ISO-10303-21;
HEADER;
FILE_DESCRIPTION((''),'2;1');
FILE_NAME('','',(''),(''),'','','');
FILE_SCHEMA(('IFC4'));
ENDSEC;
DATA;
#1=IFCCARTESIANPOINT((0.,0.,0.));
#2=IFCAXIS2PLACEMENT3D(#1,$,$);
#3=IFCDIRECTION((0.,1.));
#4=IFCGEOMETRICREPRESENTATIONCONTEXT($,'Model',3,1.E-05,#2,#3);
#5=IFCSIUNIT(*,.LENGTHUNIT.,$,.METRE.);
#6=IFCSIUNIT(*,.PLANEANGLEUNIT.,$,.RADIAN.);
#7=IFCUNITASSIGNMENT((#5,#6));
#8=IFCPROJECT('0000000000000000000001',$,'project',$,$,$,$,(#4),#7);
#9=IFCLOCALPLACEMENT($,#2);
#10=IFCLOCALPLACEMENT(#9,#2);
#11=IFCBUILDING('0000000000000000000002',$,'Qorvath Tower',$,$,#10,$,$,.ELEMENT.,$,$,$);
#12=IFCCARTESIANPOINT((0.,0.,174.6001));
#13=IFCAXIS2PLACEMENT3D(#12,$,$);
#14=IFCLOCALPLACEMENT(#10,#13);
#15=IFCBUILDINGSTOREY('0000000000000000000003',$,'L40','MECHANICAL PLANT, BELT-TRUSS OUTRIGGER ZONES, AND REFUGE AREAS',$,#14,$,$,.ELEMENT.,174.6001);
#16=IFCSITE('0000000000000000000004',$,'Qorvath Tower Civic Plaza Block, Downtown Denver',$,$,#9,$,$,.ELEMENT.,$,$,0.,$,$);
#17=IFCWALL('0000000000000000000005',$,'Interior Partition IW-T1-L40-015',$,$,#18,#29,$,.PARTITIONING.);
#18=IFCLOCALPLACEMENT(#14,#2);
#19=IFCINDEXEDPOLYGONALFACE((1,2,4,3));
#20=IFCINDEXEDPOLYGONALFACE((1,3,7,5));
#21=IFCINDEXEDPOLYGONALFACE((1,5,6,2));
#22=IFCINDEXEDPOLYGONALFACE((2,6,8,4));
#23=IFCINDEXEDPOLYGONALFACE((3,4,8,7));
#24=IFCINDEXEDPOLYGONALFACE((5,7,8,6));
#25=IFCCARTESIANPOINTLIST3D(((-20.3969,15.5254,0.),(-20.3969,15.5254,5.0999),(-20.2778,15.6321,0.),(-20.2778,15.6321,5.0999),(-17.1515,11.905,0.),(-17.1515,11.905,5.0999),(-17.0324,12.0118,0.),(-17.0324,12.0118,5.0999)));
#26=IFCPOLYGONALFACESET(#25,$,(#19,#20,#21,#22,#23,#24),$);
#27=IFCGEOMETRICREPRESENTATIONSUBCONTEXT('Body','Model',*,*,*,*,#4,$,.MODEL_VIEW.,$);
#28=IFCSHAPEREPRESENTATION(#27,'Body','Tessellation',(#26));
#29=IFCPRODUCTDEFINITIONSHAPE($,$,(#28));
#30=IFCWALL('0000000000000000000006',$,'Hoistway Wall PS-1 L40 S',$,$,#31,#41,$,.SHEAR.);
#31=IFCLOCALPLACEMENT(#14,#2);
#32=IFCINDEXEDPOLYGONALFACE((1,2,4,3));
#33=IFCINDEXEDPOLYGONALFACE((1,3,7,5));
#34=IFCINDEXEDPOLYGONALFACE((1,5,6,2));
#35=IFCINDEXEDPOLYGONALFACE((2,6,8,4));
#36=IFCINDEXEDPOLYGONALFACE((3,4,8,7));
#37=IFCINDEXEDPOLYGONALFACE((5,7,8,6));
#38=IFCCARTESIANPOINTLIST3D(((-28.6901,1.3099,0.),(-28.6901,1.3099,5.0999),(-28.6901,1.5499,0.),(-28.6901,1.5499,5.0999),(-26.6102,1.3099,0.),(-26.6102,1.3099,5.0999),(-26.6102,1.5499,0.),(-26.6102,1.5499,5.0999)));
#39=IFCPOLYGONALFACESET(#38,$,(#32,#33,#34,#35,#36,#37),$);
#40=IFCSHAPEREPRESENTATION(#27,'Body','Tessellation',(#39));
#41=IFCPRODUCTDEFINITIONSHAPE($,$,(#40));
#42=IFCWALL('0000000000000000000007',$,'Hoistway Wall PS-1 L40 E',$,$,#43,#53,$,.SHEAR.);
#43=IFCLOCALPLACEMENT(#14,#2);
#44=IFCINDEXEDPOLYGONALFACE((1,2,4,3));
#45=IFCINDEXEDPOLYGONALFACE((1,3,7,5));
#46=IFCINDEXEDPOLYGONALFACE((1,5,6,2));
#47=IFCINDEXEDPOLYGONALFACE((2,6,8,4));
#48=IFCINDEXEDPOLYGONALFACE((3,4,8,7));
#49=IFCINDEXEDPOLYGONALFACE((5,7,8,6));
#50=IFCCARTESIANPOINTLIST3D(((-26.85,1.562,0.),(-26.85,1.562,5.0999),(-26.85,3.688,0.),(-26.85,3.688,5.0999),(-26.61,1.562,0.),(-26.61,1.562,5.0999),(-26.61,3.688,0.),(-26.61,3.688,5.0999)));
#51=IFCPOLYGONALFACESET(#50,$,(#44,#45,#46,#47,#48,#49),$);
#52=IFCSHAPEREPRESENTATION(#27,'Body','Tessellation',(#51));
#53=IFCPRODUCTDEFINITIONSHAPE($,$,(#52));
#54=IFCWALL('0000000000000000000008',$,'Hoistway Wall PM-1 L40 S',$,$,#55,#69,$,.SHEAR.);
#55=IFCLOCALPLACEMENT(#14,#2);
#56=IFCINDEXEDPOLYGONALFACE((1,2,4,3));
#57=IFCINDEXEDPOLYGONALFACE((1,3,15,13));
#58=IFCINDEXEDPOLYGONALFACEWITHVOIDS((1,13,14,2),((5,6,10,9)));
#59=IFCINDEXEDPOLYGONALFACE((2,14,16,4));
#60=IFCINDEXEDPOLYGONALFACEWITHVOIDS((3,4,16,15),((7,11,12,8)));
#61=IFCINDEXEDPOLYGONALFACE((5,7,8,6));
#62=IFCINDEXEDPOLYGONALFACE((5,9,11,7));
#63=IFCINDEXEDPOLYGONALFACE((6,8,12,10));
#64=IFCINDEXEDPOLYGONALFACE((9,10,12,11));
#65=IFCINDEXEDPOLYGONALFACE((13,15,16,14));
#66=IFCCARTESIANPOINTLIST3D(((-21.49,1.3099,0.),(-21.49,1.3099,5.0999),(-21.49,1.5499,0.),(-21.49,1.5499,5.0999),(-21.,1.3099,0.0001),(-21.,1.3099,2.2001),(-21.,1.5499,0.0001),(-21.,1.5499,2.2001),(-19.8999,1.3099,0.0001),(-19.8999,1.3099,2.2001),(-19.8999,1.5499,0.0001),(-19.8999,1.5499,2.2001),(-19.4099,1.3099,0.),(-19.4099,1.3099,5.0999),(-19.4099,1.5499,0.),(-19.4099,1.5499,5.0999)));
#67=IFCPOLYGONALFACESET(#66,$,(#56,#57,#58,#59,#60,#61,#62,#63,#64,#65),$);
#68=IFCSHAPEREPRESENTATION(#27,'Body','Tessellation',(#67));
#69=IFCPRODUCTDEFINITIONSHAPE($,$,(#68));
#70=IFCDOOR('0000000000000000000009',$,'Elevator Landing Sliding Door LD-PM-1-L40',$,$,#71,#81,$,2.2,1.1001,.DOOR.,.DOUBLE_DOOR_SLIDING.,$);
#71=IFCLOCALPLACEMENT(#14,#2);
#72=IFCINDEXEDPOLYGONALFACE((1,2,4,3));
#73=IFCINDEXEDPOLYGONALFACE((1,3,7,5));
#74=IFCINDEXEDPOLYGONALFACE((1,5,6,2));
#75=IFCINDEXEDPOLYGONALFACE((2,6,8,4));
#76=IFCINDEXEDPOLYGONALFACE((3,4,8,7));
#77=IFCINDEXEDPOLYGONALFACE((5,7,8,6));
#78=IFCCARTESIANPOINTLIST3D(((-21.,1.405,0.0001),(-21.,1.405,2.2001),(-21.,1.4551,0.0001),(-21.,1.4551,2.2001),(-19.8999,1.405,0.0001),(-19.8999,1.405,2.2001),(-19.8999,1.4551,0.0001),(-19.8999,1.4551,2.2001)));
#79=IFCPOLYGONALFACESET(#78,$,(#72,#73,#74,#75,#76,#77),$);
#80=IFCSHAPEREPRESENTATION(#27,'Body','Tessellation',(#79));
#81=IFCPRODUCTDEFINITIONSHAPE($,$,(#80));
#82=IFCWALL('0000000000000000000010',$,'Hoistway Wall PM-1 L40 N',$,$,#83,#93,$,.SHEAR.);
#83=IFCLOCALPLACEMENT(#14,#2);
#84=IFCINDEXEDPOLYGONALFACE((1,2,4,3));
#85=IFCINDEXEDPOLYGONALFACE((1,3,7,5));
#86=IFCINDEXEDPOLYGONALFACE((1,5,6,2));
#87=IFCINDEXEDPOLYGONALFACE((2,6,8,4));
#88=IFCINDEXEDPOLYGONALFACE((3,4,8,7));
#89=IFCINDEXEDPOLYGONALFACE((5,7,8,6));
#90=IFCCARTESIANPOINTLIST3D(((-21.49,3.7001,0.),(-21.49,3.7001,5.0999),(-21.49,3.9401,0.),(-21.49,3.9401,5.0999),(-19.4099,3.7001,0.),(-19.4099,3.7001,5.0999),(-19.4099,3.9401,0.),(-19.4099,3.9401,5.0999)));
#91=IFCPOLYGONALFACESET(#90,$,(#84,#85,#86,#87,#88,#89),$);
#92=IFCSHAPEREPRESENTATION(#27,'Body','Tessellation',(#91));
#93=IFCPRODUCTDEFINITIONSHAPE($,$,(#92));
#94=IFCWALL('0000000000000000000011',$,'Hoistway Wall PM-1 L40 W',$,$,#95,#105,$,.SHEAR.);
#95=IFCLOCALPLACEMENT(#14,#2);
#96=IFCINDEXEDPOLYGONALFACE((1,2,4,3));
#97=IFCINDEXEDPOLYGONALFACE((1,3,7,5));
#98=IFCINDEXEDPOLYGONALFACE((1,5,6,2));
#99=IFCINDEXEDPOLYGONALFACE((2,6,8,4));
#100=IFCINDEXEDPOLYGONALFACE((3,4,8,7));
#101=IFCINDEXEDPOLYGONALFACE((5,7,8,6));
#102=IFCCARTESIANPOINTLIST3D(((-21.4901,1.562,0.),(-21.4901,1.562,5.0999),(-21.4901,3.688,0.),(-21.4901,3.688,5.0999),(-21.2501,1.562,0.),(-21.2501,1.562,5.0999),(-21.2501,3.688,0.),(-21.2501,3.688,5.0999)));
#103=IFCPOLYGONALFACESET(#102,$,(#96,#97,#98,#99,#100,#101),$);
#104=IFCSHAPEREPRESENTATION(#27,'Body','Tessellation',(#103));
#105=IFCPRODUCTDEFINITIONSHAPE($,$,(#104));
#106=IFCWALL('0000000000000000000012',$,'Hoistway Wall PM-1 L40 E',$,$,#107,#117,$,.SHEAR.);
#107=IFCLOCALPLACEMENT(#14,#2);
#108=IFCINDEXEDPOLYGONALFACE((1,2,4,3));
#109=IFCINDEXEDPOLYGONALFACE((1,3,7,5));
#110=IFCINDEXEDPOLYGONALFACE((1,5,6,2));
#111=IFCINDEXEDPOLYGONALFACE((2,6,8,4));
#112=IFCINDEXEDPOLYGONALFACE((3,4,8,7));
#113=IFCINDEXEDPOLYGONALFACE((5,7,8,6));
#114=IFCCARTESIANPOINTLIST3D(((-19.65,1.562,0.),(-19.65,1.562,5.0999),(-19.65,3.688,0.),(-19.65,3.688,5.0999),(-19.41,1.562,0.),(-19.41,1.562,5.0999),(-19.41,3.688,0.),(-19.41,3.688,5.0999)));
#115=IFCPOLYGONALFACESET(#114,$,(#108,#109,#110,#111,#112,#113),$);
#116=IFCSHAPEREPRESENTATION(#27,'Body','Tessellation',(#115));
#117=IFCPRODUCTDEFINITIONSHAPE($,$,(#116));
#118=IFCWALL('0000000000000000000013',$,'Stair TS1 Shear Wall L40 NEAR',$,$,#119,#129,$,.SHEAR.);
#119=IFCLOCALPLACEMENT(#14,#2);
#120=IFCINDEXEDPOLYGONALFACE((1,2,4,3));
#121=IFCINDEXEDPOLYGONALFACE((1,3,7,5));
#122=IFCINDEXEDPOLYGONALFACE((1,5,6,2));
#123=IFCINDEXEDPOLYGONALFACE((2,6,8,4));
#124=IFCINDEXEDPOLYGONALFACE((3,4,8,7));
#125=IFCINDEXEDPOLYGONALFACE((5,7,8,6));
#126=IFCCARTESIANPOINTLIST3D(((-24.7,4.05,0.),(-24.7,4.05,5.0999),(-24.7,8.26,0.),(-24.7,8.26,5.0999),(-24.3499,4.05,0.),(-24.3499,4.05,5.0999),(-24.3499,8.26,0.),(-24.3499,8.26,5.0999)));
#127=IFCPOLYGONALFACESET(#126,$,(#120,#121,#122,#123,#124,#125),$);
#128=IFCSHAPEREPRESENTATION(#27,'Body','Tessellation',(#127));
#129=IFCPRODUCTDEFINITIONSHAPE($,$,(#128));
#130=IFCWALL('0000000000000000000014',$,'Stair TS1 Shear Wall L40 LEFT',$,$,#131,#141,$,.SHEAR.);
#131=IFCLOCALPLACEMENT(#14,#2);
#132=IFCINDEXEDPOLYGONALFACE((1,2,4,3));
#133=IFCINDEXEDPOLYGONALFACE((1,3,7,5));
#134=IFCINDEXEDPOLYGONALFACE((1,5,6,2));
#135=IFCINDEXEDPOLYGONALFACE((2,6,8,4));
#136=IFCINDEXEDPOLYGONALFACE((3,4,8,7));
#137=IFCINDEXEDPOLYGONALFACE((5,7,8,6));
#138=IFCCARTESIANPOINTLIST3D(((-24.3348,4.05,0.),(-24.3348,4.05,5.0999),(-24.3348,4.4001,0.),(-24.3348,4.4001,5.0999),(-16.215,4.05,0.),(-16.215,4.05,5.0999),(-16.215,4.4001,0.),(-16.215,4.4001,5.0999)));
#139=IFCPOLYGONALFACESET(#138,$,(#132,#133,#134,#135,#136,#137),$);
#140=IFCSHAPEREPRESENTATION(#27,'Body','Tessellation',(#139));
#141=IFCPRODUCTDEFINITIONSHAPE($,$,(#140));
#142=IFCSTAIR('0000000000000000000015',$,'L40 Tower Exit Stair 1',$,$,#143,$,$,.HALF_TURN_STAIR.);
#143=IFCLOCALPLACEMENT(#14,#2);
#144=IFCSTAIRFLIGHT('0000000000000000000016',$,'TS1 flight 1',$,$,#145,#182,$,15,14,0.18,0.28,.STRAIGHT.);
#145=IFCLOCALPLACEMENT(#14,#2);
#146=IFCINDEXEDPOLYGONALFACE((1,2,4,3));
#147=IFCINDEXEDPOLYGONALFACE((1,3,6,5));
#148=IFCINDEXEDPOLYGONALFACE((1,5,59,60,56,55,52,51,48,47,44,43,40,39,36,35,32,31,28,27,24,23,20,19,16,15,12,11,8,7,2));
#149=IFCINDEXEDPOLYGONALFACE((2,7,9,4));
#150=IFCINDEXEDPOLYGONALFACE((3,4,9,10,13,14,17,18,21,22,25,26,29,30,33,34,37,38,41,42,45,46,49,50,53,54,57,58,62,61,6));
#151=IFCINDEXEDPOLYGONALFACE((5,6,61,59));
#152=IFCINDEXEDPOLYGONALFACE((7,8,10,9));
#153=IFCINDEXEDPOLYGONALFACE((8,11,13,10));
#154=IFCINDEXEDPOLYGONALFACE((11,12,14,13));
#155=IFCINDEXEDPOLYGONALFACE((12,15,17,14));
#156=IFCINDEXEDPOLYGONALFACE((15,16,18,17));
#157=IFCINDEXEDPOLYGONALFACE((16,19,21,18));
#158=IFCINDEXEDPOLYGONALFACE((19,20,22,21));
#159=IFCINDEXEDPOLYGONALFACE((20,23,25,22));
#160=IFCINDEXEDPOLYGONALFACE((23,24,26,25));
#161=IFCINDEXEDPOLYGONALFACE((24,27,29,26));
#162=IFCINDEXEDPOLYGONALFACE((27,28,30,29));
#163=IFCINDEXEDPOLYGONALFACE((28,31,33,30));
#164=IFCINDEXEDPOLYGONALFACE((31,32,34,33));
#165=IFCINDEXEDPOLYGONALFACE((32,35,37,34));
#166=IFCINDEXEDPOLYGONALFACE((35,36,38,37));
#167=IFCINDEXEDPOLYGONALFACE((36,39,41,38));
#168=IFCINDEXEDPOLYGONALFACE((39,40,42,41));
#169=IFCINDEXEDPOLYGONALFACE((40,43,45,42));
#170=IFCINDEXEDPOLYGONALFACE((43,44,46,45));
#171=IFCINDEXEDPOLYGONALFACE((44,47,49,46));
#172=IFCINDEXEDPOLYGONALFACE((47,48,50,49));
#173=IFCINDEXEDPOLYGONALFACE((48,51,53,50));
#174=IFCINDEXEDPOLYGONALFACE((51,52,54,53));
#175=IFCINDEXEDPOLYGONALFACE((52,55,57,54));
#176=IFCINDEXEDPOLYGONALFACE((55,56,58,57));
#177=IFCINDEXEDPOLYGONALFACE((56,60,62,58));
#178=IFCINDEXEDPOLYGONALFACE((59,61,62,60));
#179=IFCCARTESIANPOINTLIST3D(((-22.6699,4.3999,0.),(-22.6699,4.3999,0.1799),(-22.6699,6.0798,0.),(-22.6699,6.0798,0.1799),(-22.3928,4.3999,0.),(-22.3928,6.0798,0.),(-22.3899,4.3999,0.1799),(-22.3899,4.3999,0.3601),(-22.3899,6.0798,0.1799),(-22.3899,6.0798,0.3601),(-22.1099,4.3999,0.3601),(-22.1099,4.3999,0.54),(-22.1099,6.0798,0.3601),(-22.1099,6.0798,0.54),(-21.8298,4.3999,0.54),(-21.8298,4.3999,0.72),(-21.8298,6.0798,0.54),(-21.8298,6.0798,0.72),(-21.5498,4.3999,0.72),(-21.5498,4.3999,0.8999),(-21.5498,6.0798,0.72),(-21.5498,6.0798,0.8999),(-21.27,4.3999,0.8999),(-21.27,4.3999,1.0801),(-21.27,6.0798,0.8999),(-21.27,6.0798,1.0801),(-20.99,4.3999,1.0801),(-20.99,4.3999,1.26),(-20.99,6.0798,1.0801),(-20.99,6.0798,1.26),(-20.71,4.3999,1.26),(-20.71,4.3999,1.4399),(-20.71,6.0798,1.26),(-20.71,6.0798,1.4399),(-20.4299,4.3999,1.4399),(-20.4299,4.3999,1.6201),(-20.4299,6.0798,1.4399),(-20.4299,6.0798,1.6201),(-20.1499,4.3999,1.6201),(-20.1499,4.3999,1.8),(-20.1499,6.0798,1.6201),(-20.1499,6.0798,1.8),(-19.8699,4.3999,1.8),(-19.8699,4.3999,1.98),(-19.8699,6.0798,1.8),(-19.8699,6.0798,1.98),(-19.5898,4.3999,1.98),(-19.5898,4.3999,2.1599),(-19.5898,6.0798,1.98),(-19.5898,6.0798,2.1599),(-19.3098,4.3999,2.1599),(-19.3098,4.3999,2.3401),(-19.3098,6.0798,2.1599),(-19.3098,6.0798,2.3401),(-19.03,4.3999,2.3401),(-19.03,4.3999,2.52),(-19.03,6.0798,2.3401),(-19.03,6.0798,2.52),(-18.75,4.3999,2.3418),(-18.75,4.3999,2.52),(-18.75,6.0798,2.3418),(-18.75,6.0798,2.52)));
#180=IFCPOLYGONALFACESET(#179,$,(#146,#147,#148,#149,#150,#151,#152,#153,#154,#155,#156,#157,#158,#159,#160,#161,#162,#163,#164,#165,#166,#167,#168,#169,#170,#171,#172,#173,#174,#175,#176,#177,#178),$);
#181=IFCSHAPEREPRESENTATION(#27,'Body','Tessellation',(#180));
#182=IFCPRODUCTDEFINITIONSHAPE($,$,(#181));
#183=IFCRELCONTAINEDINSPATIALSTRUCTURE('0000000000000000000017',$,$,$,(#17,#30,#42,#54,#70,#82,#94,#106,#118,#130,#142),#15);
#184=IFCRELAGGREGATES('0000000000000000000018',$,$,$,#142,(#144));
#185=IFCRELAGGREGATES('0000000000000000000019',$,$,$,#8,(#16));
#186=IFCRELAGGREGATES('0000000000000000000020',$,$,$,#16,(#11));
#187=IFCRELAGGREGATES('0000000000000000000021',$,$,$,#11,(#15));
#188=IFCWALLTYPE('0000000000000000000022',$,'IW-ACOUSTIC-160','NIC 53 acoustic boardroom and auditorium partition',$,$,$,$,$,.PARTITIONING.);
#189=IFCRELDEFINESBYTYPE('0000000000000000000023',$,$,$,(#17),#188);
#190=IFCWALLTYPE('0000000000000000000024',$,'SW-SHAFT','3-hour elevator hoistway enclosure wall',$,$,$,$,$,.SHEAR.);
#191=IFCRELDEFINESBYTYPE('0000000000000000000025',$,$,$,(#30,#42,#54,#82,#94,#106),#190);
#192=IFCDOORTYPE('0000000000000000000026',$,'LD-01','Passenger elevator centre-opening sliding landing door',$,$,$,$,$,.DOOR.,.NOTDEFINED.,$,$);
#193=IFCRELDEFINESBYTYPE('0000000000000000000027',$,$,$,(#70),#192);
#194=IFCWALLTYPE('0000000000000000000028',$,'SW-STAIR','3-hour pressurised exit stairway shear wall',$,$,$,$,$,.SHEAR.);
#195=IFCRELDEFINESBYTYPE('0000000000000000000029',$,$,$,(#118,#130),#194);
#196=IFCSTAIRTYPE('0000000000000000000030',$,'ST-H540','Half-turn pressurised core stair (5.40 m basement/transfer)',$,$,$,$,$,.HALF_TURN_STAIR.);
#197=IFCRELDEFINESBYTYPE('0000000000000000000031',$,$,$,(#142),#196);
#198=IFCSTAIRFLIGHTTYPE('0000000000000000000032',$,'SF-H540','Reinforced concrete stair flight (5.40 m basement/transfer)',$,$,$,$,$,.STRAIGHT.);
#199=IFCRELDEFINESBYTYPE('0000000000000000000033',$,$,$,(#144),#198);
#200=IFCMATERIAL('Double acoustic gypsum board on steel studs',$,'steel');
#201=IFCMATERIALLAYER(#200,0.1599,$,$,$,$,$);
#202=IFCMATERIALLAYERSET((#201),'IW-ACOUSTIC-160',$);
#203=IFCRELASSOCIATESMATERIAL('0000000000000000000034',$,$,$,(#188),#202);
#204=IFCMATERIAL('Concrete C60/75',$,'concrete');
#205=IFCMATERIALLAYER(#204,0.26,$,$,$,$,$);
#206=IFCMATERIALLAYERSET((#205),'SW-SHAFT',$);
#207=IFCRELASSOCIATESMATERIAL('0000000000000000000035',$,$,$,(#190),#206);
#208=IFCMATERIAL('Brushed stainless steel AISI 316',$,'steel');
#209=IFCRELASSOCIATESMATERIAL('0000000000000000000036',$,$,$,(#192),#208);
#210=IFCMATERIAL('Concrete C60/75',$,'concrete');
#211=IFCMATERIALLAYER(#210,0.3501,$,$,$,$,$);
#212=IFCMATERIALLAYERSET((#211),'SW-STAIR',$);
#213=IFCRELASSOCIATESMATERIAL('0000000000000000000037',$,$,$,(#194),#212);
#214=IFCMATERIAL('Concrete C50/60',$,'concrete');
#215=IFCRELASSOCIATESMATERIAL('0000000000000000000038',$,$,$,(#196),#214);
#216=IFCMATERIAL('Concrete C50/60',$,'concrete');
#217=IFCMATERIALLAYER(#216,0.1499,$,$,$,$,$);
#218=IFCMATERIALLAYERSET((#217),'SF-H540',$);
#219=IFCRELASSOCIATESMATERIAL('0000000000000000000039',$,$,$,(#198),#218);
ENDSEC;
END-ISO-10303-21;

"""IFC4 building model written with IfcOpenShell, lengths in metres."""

from ifc_helpers import new_model, si_unit, direction, frame, frame_2d, origin, place, context, subcontext, project, spatial, polyline, rectangle, outline, extrude, material, layer, layer_set, type_object, element, fill, aggregate, save


model = new_model("IFC4")

# Units and contexts
model_context = context("Model", 3, precision=1e-05, world=origin(), true_north=direction((0.0, 1.0)))
body_context = subcontext(model_context, "Body", "Model", "MODEL_VIEW")
ifc_project = project(units=[si_unit("LENGTHUNIT", "METRE"), si_unit("PLANEANGLEUNIT", "RADIAN")], contexts=[model_context])

# Site, building, storey
site_placement = place(None, origin())
site = spatial("IfcSite", under=ifc_project, at=site_placement, Name="Qorvath Tower Civic Plaza Block, Downtown Denver", CompositionType="ELEMENT", RefElevation=0.0)
building_placement = place(site_placement, origin())
building = spatial("IfcBuilding", under=site, at=building_placement, Name="Qorvath Tower", CompositionType="ELEMENT")
storey_placement = place(building_placement, frame((0.0, 0.0, 174.6001)))
storey = spatial("IfcBuildingStorey", under=building, at=storey_placement, Name="L40", Description="MECHANICAL PLANT, BELT-TRUSS OUTRIGGER ZONES, AND REFUGE AREAS", CompositionType="ELEMENT", Elevation=174.6001)

# Walls
ifc_material_1 = material(Name="Double acoustic gypsum board on steel studs", Category="steel")
ifc_layer_1 = layer(ifc_material_1, 0.1599)
ifc_layer_set_1 = layer_set([ifc_layer_1], Name="IW-ACOUSTIC-160")
wall_type_1 = type_object("IfcWallType", Name="IW-ACOUSTIC-160", Description="NIC 53 acoustic boardroom and auditorium partition", PredefinedType="PARTITIONING", material=ifc_layer_set_1)
wall_1_placement = place(storey_placement, frame((-20.3374, 15.5789, 0.0), z_axis=(0.0, 0.0, 1.0), x_axis=(0.66749, -0.744618, 0.0)))
element("IfcWall", 1, at=wall_1_placement, inside=storey, type_object=wall_type_1, Name="Interior Partition IW-T1-L40-015", PredefinedType="PARTITIONING", context=body_context, shape_type="SweptSolid", body=[
    extrude(rectangle(XDim=4.8621, YDim=0.1599, at=frame_2d((2.4312, 0.0))), origin(), (0.0, 0.0, 1.0), 5.0999),
])
ifc_material_2 = material(Name="Concrete C60/75", Category="concrete")
ifc_layer_2 = layer(ifc_material_2, 0.26)
ifc_layer_set_2 = layer_set([ifc_layer_2], Name="SW-SHAFT")
wall_type_2 = type_object("IfcWallType", Name="SW-SHAFT", Description="3-hour elevator hoistway enclosure wall", PredefinedType="SHEAR", material=ifc_layer_set_2)
wall_2_placement = place(storey_placement, frame((-26.6101, 1.4299, 0.0), z_axis=(0.0, 0.0, 1.0), x_axis=(-1.0, 0.0, 0.0)))
element("IfcWall", 2, at=wall_2_placement, inside=storey, type_object=wall_type_2, Name="Hoistway Wall PS-1 L40 S", PredefinedType="SHEAR", context=body_context, shape_type="SweptSolid", body=[
    extrude(rectangle(XDim=2.0798, YDim=0.24, at=frame_2d((1.04, 0.0))), origin(), (0.0, 0.0, 1.0), 5.0999),
])
wall_3_placement = place(storey_placement, frame((-26.73, 3.688, 0.0), z_axis=(0.0, 0.0, 1.0), x_axis=(0.0, -1.0, 0.0)))
element("IfcWall", 3, at=wall_3_placement, inside=storey, type_object=wall_type_2, Name="Hoistway Wall PS-1 L40 E", PredefinedType="SHEAR", context=body_context, shape_type="SweptSolid", body=[
    extrude(rectangle(XDim=2.126, YDim=0.24, at=frame_2d((1.063, 0.0))), origin(), (0.0, 0.0, 1.0), 5.0999),
])

# Wall, opening, door
wall_4_placement = place(storey_placement, frame((-19.4099, 1.4299, 0.0), z_axis=(0.0, 0.0, 1.0), x_axis=(-1.0, 0.0, 0.0)))
wall_4 = element("IfcWall", 4, at=wall_4_placement, inside=storey, type_object=wall_type_2, Name="Hoistway Wall PM-1 L40 S", PredefinedType="SHEAR", context=body_context, shape_type="SweptSolid", body=[
    extrude(rectangle(XDim=2.0801, YDim=0.24, at=frame_2d((1.04, 0.0))), origin(), (0.0, 0.0, 1.0), 5.0999),
])
opening_1_placement = place(wall_4_placement, frame((0.49, 0.0, 0.0)))
opening_1 = element("IfcOpeningElement", 5, at=opening_1_placement, cuts=wall_4, PredefinedType="OPENING", context=body_context, shape_type="SweptSolid", body=[
    extrude(rectangle(XDim=1.1001, YDim=2.2, at=frame_2d((0.55, 1.1001))), frame((0.0, 0.1299, 0.0), z_axis=(0.0, -1.0, 0.0), x_axis=(1.0, 0.0, 0.0)), (0.0, 0.0, 1.0), 0.26),
])
ifc_material_3 = material(Name="Brushed stainless steel AISI 316", Category="steel")
door_type_1 = type_object("IfcDoorType", Name="LD-01", Description="Passenger elevator centre-opening sliding landing door", OperationType="NOTDEFINED", PredefinedType="DOOR", material=ifc_material_3)
door_1_placement = place(opening_1_placement, origin())
door_1 = element("IfcDoor", 6, at=door_1_placement, inside=storey, type_object=door_type_1, Name="Elevator Landing Sliding Door LD-PM-1-L40", OperationType="DOUBLE_DOOR_SLIDING", OverallHeight=2.2, OverallWidth=1.1001, PredefinedType="DOOR", context=body_context, shape_type="SweptSolid", body=[
    extrude(rectangle(XDim=1.1001, YDim=2.2, at=frame_2d((0.55, 1.1001))), frame((0.0, 0.0249, 0.0), z_axis=(0.0, -1.0, 0.0), x_axis=(1.0, 0.0, 0.0)), (0.0, 0.0, 1.0), 0.05),
])
fill(opening_1, door_1)

# Walls
wall_5_placement = place(storey_placement, frame((-21.49, 3.8201, 0.0), z_axis=(0.0, 0.0, 1.0), x_axis=(1.0, 0.0, 0.0)))
element("IfcWall", 7, at=wall_5_placement, inside=storey, type_object=wall_type_2, Name="Hoistway Wall PM-1 L40 N", PredefinedType="SHEAR", context=body_context, shape_type="SweptSolid", body=[
    extrude(rectangle(XDim=2.0801, YDim=0.24, at=frame_2d((1.04, 0.0))), origin(), (0.0, 0.0, 1.0), 5.0999),
])
for number, where, z_axis, x_axis, name in (
    (8, (-21.3701, 1.562, 0.0), (0.0, 0.0, 1.0), (0.0, 1.0, 0.0), "Hoistway Wall PM-1 L40 W"),
    (9, (-19.53, 3.688, 0.0), (0.0, 0.0, 1.0), (0.0, -1.0, 0.0), "Hoistway Wall PM-1 L40 E"),
):
    element("IfcWall", number, at=place(storey_placement, frame(where, z_axis=z_axis, x_axis=x_axis)), inside=storey, type_object=wall_type_2, Name=name, PredefinedType="SHEAR", context=body_context, shape_type="SweptSolid", body=[
        extrude(rectangle(XDim=2.126, YDim=0.24, at=frame_2d((1.063, 0.0))), origin(), (0.0, 0.0, 1.0), 5.0999),
    ])
ifc_material_4 = material(Name="Concrete C60/75", Category="concrete")
ifc_layer_3 = layer(ifc_material_4, 0.3501)
ifc_layer_set_3 = layer_set([ifc_layer_3], Name="SW-STAIR")
wall_type_3 = type_object("IfcWallType", Name="SW-STAIR", Description="3-hour pressurised exit stairway shear wall", PredefinedType="SHEAR", material=ifc_layer_set_3)
wall_6_placement = place(storey_placement, frame((-24.5249, 8.26, 0.0), z_axis=(0.0, 0.0, 1.0), x_axis=(0.0, -1.0, 0.0)))
element("IfcWall", 10, at=wall_6_placement, inside=storey, type_object=wall_type_3, Name="Stair TS1 Shear Wall L40 NEAR", PredefinedType="SHEAR", context=body_context, shape_type="SweptSolid", body=[
    extrude(rectangle(XDim=4.21, YDim=0.3501, at=frame_2d((2.105, 0.0))), origin(), (0.0, 0.0, 1.0), 5.0999),
])
wall_7_placement = place(storey_placement, frame((-24.335, 4.2251, 0.0), z_axis=(0.0, 0.0, 1.0), x_axis=(1.0, 0.0, 0.0)))
element("IfcWall", 11, at=wall_7_placement, inside=storey, type_object=wall_type_3, Name="Stair TS1 Shear Wall L40 LEFT", PredefinedType="SHEAR", context=body_context, shape_type="SweptSolid", body=[
    extrude(rectangle(XDim=8.1199, YDim=0.3501, at=frame_2d((4.0601, 0.0))), origin(), (0.0, 0.0, 1.0), 5.0999),
])

# Stair, stair flight
ifc_material_5 = material(Name="Concrete C50/60", Category="concrete")
stair_type = type_object("IfcStairType", Name="ST-H540", Description="Half-turn pressurised core stair (5.40 m basement/transfer)", PredefinedType="HALF_TURN_STAIR", material=ifc_material_5)
stair_placement = place(storey_placement, origin())
stair = element("IfcStair", 12, at=stair_placement, inside=storey, type_object=stair_type, Name="L40 Tower Exit Stair 1", PredefinedType="HALF_TURN_STAIR")
ifc_material_6 = material(Name="Concrete C50/60", Category="concrete")
ifc_layer_4 = layer(ifc_material_6, 0.1499)
ifc_layer_set_4 = layer_set([ifc_layer_4], Name="SF-H540")
stair_flight_type = type_object("IfcStairFlightType", Name="SF-H540", Description="Reinforced concrete stair flight (5.40 m basement/transfer)", PredefinedType="STRAIGHT", material=ifc_layer_set_4)
stair_flight_placement = place(storey_placement, frame((-22.6699, 5.24, 0.0), z_axis=(0.0, 0.0, 1.0), x_axis=(1.0, 0.0, 0.0)))
stair_flight = element("IfcStairFlight", 13, at=stair_flight_placement, type_object=stair_flight_type, Name="TS1 flight 1", NumberOfRisers=15, NumberOfTreads=14, PredefinedType="STRAIGHT", RiserHeight=0.18, TreadLength=0.28, context=body_context, shape_type="SweptSolid", body=[
    extrude(outline(polyline([(0.0, 0.0), (0.0, 0.1799), (0.28, 0.1799), (0.28, 0.3601), (0.5601, 0.3601), (0.5601, 0.54), (0.8401, 0.54), (0.8401, 0.72), (1.1201, 0.72), (1.1201, 0.8999), (1.3999, 0.8999), (1.3999, 1.0801), (1.6799, 1.0801), (1.6799, 1.26), (1.96, 1.26), (1.96, 1.4399), (2.24, 1.4399), (2.24, 1.6201), (2.52, 1.6201), (2.52, 1.8), (2.8, 1.8), (2.8, 1.98), (3.0801, 1.98), (3.0801, 2.1599), (3.3601, 2.1599), (3.3601, 2.3401), (3.6399, 2.3401), (3.6399, 2.52), (3.9199, 2.52), (3.9199, 2.7), (3.9199, 2.3418), (0.2771, 0.0), (0.0, 0.0)])), frame((0.0, 0.8398, 0.0), z_axis=(0.0, -1.0, 0.0), x_axis=(1.0, 0.0, 0.0)), (0.0, 0.0, 1.0), 1.6799),
])
aggregate(stair, [stair_flight])

save(model, "model.ifc")
